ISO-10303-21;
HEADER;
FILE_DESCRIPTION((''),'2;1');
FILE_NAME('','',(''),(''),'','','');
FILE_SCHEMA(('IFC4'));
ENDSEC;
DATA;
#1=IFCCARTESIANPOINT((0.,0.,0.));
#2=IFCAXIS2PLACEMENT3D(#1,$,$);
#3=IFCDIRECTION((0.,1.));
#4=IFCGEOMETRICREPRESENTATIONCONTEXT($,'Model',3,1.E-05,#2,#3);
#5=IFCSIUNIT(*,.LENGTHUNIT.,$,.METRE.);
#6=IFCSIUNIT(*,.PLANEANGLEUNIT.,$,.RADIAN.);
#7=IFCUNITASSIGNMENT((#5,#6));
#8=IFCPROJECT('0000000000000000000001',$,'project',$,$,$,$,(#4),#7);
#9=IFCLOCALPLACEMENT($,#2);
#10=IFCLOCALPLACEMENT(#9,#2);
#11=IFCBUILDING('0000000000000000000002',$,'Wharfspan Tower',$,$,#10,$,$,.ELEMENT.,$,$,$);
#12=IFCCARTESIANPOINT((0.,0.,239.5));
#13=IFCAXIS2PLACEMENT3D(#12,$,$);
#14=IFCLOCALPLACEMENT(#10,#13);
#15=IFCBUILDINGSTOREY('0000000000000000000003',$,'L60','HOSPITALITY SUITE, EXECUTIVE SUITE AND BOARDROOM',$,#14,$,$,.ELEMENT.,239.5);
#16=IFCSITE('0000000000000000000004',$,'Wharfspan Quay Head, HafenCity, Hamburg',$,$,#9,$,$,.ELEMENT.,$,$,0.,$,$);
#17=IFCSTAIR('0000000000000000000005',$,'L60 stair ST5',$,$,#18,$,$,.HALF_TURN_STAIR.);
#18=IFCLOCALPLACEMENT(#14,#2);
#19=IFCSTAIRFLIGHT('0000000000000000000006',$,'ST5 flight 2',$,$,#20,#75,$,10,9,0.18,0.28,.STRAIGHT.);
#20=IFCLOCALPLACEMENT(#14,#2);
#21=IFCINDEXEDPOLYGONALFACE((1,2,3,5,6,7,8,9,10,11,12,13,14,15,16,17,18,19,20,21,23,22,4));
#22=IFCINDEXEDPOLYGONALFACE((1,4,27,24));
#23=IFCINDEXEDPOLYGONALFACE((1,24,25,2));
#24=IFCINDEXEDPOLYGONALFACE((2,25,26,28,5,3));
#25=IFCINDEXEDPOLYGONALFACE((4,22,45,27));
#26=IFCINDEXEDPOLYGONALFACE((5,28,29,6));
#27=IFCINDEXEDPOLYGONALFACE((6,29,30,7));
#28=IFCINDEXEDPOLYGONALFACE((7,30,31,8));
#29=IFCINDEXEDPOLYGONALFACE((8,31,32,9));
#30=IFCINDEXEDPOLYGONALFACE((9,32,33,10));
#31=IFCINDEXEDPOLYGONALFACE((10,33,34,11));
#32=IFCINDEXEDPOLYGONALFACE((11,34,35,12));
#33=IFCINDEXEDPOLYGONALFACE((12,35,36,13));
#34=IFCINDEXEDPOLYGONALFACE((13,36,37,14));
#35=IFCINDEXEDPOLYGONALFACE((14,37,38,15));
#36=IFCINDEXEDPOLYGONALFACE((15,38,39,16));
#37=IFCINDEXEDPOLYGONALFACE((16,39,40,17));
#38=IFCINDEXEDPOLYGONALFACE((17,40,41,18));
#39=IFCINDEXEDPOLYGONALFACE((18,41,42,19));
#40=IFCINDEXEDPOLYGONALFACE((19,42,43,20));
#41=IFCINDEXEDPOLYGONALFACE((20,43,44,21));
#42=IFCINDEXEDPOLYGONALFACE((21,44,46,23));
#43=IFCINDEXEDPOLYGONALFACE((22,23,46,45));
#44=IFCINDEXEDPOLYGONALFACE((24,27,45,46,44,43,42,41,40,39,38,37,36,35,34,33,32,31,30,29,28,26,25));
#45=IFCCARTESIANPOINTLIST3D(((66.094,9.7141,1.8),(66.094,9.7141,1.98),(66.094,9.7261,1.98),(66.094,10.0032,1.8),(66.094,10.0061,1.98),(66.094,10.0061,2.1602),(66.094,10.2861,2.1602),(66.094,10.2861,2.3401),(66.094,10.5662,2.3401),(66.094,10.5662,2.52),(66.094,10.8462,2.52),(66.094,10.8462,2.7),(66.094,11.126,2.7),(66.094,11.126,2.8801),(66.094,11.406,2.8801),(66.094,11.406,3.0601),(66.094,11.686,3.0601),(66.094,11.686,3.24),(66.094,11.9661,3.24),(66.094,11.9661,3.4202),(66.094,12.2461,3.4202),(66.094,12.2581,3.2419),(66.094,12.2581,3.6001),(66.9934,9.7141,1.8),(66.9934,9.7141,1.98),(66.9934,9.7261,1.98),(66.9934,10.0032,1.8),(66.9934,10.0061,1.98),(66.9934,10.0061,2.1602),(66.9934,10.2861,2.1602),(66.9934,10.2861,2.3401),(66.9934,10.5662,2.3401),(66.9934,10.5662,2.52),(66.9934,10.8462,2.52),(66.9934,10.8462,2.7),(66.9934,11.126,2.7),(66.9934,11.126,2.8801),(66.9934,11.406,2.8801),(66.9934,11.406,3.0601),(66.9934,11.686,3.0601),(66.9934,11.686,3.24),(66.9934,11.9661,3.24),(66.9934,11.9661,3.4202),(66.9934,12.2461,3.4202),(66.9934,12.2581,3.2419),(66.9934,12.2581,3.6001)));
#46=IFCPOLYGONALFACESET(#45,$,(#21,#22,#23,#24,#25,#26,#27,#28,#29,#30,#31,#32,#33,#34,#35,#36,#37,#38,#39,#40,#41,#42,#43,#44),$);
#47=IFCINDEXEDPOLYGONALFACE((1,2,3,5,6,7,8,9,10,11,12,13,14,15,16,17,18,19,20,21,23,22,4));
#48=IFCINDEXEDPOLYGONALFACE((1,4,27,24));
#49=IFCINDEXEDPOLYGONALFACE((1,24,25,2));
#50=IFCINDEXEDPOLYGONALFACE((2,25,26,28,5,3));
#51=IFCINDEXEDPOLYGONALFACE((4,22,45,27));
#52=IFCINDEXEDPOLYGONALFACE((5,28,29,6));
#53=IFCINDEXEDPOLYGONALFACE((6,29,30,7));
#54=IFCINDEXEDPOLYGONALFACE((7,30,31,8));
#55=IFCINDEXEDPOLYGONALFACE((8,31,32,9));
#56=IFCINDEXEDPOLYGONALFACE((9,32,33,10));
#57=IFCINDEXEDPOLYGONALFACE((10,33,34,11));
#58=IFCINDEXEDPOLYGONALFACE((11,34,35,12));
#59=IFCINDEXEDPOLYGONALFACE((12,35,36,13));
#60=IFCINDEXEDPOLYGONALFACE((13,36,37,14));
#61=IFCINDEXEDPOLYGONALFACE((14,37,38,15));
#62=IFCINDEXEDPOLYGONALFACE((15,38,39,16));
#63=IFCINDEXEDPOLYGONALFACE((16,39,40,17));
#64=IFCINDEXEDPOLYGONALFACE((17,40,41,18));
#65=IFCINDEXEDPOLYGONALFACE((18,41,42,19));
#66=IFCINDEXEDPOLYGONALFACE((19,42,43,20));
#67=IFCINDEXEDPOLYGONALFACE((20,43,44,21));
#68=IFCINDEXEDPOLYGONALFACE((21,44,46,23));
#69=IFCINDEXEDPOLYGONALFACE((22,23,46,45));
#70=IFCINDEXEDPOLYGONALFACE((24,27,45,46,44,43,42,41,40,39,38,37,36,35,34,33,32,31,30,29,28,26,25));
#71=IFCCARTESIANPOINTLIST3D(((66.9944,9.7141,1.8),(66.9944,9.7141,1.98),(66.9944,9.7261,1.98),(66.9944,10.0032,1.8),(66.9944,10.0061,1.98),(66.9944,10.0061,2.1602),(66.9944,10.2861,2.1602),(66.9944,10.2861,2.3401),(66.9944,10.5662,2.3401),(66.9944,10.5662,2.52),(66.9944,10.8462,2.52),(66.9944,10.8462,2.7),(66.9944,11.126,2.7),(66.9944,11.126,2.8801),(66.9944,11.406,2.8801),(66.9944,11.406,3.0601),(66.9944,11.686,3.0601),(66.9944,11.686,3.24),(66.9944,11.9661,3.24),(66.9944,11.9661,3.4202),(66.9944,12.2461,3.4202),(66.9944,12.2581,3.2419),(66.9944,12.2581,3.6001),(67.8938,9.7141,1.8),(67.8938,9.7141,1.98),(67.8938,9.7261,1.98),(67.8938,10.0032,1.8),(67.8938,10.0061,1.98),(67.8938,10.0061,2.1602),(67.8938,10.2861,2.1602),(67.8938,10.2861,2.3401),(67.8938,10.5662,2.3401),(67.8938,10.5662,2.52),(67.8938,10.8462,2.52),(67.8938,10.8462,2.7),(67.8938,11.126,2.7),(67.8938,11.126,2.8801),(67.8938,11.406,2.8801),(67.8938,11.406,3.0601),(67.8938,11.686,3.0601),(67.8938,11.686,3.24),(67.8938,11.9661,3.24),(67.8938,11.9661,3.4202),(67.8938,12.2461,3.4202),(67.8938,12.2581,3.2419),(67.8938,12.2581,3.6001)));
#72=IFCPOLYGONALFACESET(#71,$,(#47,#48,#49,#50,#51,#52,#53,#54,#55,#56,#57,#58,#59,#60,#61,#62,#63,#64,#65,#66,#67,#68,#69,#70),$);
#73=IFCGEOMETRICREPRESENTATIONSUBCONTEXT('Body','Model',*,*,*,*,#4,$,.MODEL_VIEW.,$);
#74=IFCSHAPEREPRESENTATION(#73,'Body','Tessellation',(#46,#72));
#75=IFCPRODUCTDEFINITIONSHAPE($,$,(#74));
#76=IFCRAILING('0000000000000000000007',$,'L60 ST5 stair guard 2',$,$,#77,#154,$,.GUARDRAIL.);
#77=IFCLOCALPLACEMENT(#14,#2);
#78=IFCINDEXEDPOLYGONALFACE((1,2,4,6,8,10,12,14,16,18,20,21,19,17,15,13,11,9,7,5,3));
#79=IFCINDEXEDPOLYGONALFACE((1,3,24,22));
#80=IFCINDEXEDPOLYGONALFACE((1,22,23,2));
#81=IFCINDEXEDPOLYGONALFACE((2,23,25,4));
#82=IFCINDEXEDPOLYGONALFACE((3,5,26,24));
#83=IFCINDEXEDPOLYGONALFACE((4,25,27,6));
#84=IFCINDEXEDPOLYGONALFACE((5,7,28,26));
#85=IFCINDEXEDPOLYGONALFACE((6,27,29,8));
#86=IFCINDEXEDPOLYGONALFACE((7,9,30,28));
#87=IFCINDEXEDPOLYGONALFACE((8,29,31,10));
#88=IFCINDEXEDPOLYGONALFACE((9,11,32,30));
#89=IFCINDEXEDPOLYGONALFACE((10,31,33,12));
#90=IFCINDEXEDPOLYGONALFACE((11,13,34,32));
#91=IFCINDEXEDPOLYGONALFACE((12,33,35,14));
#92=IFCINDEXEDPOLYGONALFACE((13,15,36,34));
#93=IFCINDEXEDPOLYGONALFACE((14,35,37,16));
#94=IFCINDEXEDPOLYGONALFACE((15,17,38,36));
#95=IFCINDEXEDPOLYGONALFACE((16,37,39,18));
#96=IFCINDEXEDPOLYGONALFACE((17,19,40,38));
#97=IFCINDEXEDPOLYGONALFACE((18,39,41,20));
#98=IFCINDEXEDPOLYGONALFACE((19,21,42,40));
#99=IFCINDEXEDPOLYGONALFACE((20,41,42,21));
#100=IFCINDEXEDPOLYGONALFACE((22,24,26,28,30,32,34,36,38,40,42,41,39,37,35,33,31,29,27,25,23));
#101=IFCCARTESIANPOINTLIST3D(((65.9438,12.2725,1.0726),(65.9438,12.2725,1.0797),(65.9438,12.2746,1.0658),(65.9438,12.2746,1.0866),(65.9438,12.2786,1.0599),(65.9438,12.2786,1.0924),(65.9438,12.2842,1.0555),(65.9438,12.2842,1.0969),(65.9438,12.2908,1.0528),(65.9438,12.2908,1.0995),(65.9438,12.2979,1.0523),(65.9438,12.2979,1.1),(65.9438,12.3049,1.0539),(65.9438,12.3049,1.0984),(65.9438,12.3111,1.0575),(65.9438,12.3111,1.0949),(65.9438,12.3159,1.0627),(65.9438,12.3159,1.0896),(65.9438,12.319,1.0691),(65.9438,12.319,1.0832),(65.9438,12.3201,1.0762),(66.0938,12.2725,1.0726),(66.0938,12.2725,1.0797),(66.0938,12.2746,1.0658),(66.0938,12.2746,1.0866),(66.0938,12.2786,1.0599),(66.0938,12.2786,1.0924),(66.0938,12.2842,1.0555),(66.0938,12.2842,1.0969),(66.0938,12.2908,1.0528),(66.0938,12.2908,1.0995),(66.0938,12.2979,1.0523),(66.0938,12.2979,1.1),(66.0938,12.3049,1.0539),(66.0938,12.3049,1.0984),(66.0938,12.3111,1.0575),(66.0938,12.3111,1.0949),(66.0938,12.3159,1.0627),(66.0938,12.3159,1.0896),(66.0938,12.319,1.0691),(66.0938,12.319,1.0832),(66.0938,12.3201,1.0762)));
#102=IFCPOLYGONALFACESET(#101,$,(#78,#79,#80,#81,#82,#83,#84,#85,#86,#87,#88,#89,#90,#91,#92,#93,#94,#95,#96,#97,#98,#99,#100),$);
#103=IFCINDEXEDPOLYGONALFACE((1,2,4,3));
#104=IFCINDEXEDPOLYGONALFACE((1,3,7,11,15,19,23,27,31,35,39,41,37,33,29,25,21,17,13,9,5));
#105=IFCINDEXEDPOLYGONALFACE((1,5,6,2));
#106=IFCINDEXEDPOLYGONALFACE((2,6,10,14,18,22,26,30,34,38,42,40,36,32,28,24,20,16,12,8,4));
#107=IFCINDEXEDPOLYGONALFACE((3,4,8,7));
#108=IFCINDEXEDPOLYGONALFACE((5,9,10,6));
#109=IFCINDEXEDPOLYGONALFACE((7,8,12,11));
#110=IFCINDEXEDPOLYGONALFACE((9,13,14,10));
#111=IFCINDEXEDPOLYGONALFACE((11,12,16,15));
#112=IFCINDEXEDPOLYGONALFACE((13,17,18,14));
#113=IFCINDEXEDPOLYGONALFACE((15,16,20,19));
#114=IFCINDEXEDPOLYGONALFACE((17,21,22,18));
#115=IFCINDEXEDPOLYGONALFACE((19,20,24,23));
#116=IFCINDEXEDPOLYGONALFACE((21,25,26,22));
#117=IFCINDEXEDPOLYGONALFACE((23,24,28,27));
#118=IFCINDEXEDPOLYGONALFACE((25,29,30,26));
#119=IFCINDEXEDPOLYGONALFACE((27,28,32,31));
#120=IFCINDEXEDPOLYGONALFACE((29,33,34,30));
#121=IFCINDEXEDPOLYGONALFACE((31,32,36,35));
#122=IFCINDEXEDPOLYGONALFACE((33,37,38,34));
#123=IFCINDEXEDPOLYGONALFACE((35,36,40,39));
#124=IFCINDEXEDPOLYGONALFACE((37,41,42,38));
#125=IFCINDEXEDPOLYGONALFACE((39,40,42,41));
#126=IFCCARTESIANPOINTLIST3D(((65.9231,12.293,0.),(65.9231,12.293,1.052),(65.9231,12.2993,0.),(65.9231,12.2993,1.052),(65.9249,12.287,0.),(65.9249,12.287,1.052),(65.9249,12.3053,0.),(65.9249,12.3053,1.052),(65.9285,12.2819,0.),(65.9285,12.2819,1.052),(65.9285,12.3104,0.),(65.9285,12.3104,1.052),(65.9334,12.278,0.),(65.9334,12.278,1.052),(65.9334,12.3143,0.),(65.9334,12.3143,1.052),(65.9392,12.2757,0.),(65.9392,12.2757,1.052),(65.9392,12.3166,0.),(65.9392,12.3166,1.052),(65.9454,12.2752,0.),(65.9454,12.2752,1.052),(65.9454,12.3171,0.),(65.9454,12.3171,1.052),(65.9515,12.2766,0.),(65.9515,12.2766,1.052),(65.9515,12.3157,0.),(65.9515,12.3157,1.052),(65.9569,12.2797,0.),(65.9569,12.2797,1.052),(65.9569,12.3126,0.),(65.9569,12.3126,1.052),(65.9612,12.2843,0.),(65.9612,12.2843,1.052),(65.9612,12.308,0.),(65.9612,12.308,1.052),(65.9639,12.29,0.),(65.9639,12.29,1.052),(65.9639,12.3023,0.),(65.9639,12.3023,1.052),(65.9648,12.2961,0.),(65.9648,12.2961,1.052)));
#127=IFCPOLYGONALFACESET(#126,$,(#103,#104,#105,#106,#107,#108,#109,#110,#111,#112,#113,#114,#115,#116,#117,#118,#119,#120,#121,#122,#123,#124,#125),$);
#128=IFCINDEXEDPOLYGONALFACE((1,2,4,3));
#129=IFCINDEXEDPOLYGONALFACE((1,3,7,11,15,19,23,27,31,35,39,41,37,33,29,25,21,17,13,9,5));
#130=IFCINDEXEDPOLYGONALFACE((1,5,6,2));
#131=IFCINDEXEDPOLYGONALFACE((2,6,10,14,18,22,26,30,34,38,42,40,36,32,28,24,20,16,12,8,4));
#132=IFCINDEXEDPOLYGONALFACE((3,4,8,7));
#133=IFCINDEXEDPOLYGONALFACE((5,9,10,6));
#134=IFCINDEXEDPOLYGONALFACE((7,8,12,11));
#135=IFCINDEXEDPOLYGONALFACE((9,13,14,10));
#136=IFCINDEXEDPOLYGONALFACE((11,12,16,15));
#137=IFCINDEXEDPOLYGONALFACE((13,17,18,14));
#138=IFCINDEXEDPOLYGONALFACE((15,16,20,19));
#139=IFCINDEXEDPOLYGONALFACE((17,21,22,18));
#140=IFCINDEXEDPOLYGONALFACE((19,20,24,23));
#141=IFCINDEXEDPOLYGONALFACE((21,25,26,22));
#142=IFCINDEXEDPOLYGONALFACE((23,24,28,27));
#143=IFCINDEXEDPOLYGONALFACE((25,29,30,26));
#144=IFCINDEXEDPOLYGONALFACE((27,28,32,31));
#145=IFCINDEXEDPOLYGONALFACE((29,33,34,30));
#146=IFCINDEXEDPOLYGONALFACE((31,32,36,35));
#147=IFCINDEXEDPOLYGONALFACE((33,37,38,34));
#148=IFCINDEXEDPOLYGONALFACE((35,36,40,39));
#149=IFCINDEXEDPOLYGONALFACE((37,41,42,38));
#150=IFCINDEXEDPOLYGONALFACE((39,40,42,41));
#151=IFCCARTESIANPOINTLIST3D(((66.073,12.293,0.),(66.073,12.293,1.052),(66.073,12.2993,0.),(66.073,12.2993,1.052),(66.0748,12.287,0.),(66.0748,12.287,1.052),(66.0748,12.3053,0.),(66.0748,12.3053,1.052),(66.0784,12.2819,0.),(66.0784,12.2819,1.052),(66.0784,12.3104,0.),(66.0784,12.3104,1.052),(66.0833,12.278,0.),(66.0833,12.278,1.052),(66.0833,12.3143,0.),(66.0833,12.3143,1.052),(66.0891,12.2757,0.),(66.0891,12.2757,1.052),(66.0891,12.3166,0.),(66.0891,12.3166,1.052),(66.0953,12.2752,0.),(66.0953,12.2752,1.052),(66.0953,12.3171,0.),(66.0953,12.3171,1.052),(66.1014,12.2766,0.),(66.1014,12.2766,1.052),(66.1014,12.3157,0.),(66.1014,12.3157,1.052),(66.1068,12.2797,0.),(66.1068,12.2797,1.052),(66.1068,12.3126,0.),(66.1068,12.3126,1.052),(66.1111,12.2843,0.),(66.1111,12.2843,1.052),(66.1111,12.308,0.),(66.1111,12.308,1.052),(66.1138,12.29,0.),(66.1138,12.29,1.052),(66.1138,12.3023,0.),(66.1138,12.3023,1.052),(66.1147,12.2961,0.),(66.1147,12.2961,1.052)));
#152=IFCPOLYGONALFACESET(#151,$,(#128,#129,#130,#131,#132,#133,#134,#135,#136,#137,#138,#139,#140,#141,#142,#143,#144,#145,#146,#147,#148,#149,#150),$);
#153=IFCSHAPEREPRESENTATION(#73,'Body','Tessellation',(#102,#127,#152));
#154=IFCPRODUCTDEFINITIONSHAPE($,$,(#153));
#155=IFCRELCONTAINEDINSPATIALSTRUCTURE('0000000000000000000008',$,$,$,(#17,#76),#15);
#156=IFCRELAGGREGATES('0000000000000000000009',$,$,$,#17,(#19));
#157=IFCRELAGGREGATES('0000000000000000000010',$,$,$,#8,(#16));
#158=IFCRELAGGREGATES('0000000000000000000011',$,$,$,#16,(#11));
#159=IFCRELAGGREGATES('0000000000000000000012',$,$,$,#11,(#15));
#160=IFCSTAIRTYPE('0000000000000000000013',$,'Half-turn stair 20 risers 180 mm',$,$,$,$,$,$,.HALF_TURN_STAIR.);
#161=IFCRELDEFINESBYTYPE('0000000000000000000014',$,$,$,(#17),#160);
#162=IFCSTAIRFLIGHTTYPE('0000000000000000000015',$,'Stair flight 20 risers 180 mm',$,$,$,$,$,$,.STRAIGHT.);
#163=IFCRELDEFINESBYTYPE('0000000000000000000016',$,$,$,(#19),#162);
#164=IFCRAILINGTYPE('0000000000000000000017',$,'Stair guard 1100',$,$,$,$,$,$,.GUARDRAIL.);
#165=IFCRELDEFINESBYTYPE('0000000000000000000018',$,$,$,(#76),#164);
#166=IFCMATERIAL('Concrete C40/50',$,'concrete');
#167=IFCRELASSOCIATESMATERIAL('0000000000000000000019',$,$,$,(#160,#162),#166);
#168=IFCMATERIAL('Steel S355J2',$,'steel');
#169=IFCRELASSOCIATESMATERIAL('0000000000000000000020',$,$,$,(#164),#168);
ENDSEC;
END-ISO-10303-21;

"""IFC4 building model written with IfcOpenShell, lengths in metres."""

from ifc_helpers import new_model, si_unit, direction, frame, origin, origin_2d, place, context, subcontext, project, spatial, polyline, circle, outline, extrude, material, type_object, element, aggregate, save


model = new_model("IFC4")

# Units and contexts
model_context = context("Model", 3, precision=1e-05, world=origin(), true_north=direction((0.0, 1.0)))
body_context = subcontext(model_context, "Body", "Model", "MODEL_VIEW")
ifc_project = project(units=[si_unit("LENGTHUNIT", "METRE"), si_unit("PLANEANGLEUNIT", "RADIAN")], contexts=[model_context])

# Site, building, storey
site_placement = place(None, origin())
site = spatial("IfcSite", under=ifc_project, at=site_placement, Name="Wharfspan Quay Head, HafenCity, Hamburg", CompositionType="ELEMENT", RefElevation=0.0)
building_placement = place(site_placement, origin())
building = spatial("IfcBuilding", under=site, at=building_placement, Name="Wharfspan Tower", CompositionType="ELEMENT")
storey_placement = place(building_placement, frame((0.0, 0.0, 239.5)))
storey = spatial("IfcBuildingStorey", under=building, at=storey_placement, Name="L60", Description="HOSPITALITY SUITE, EXECUTIVE SUITE AND BOARDROOM", CompositionType="ELEMENT", Elevation=239.5)

# Shared definitions
ifc_material_1 = material(Name="Steel S355J2", Category="steel")

# Shared definitions
ifc_material_2 = material(Name="Concrete C40/50", Category="concrete")

# Stair, stair flight
stair_type = type_object("IfcStairType", Name="Half-turn stair 20 risers 180 mm", PredefinedType="HALF_TURN_STAIR", material=ifc_material_2)
stair_placement = place(storey_placement, origin())
stair = element("IfcStair", 1, at=stair_placement, inside=storey, type_object=stair_type, Name="L60 stair ST5", PredefinedType="HALF_TURN_STAIR")
stair_flight_type = type_object("IfcStairFlightType", Name="Stair flight 20 risers 180 mm", PredefinedType="STRAIGHT", material=ifc_material_2)
stair_flight_placement = place(storey_placement, frame((66.9939, 9.7261, 1.8), z_axis=(0.0, 0.0, 1.0), x_axis=(0.0, 1.0, 0.0)))
stair_flight = element("IfcStairFlight", 2, at=stair_flight_placement, type_object=stair_flight_type, Name="ST5 flight 2", NumberOfRisers=10, NumberOfTreads=9, PredefinedType="STRAIGHT", RiserHeight=0.18, TreadLength=0.28, context=body_context, shape_type="SweptSolid", body=[
    extrude(outline(polyline([(-0.012, 0.0), (-0.012, 0.1799), (0.0, 0.1799), (0.28, 0.1799), (0.28, 0.3601), (0.5601, 0.3601), (0.5601, 0.54), (0.8401, 0.54), (0.8401, 0.72), (1.1201, 0.72), (1.1201, 0.8999), (1.3999, 0.8999), (1.3999, 1.0801), (1.6799, 1.0801), (1.6799, 1.26), (1.96, 1.26), (1.96, 1.4399), (2.24, 1.4399), (2.24, 1.6201), (2.52, 1.6201), (2.532, 1.8), (2.532, 1.4419), (0.2771, 0.0), (-0.012, 0.0)])), frame((0.0, 0.8999, 0.0), z_axis=(0.0, -1.0, 0.0), x_axis=(1.0, 0.0, 0.0)), (0.0, 0.0, 1.0), 0.8994),
    extrude(outline(polyline([(-0.012, 0.0), (-0.012, 0.1799), (0.0, 0.1799), (0.28, 0.1799), (0.28, 0.3601), (0.5601, 0.3601), (0.5601, 0.54), (0.8401, 0.54), (0.8401, 0.72), (1.1201, 0.72), (1.1201, 0.8999), (1.3999, 0.8999), (1.3999, 1.0801), (1.6799, 1.0801), (1.6799, 1.26), (1.96, 1.26), (1.96, 1.4399), (2.24, 1.4399), (2.24, 1.6201), (2.52, 1.6201), (2.532, 1.8), (2.532, 1.4419), (0.2771, 0.0), (-0.012, 0.0)])), frame((0.0, -0.0005, 0.0), z_axis=(0.0, -1.0, 0.0), x_axis=(1.0, 0.0, 0.0)), (0.0, 0.0, 1.0), 0.8994),
])
aggregate(stair, [stair_flight])

# Railing
railing_type_1 = type_object("IfcRailingType", Name="Stair guard 1100", PredefinedType="GUARDRAIL", material=ifc_material_1)
railing_1_placement = place(storey_placement, frame((65.9438, 12.2961, 0.0)))
element("IfcRailing", 3, at=railing_1_placement, inside=storey, type_object=railing_type_1, Name="L60 ST5 stair guard 2", PredefinedType="GUARDRAIL", context=body_context, shape_type="SweptSolid", body=[
    extrude(circle(Radius=0.0239, at=origin_2d()), frame((0.0, 0.0, 1.0762), z_axis=(1.0, 0.0, 0.0), x_axis=(0.0, 1.0, 0.0)), (0.0, 0.0, 1.0), 0.1499),
    extrude(circle(Radius=0.021, at=origin_2d()), origin(), (0.0, 0.0, 1.0), 1.052),
    extrude(circle(Radius=0.021, at=origin_2d()), frame((0.1499, 0.0, 0.0)), (0.0, 0.0, 1.0), 1.052),
])

save(model, "model.ifc")
